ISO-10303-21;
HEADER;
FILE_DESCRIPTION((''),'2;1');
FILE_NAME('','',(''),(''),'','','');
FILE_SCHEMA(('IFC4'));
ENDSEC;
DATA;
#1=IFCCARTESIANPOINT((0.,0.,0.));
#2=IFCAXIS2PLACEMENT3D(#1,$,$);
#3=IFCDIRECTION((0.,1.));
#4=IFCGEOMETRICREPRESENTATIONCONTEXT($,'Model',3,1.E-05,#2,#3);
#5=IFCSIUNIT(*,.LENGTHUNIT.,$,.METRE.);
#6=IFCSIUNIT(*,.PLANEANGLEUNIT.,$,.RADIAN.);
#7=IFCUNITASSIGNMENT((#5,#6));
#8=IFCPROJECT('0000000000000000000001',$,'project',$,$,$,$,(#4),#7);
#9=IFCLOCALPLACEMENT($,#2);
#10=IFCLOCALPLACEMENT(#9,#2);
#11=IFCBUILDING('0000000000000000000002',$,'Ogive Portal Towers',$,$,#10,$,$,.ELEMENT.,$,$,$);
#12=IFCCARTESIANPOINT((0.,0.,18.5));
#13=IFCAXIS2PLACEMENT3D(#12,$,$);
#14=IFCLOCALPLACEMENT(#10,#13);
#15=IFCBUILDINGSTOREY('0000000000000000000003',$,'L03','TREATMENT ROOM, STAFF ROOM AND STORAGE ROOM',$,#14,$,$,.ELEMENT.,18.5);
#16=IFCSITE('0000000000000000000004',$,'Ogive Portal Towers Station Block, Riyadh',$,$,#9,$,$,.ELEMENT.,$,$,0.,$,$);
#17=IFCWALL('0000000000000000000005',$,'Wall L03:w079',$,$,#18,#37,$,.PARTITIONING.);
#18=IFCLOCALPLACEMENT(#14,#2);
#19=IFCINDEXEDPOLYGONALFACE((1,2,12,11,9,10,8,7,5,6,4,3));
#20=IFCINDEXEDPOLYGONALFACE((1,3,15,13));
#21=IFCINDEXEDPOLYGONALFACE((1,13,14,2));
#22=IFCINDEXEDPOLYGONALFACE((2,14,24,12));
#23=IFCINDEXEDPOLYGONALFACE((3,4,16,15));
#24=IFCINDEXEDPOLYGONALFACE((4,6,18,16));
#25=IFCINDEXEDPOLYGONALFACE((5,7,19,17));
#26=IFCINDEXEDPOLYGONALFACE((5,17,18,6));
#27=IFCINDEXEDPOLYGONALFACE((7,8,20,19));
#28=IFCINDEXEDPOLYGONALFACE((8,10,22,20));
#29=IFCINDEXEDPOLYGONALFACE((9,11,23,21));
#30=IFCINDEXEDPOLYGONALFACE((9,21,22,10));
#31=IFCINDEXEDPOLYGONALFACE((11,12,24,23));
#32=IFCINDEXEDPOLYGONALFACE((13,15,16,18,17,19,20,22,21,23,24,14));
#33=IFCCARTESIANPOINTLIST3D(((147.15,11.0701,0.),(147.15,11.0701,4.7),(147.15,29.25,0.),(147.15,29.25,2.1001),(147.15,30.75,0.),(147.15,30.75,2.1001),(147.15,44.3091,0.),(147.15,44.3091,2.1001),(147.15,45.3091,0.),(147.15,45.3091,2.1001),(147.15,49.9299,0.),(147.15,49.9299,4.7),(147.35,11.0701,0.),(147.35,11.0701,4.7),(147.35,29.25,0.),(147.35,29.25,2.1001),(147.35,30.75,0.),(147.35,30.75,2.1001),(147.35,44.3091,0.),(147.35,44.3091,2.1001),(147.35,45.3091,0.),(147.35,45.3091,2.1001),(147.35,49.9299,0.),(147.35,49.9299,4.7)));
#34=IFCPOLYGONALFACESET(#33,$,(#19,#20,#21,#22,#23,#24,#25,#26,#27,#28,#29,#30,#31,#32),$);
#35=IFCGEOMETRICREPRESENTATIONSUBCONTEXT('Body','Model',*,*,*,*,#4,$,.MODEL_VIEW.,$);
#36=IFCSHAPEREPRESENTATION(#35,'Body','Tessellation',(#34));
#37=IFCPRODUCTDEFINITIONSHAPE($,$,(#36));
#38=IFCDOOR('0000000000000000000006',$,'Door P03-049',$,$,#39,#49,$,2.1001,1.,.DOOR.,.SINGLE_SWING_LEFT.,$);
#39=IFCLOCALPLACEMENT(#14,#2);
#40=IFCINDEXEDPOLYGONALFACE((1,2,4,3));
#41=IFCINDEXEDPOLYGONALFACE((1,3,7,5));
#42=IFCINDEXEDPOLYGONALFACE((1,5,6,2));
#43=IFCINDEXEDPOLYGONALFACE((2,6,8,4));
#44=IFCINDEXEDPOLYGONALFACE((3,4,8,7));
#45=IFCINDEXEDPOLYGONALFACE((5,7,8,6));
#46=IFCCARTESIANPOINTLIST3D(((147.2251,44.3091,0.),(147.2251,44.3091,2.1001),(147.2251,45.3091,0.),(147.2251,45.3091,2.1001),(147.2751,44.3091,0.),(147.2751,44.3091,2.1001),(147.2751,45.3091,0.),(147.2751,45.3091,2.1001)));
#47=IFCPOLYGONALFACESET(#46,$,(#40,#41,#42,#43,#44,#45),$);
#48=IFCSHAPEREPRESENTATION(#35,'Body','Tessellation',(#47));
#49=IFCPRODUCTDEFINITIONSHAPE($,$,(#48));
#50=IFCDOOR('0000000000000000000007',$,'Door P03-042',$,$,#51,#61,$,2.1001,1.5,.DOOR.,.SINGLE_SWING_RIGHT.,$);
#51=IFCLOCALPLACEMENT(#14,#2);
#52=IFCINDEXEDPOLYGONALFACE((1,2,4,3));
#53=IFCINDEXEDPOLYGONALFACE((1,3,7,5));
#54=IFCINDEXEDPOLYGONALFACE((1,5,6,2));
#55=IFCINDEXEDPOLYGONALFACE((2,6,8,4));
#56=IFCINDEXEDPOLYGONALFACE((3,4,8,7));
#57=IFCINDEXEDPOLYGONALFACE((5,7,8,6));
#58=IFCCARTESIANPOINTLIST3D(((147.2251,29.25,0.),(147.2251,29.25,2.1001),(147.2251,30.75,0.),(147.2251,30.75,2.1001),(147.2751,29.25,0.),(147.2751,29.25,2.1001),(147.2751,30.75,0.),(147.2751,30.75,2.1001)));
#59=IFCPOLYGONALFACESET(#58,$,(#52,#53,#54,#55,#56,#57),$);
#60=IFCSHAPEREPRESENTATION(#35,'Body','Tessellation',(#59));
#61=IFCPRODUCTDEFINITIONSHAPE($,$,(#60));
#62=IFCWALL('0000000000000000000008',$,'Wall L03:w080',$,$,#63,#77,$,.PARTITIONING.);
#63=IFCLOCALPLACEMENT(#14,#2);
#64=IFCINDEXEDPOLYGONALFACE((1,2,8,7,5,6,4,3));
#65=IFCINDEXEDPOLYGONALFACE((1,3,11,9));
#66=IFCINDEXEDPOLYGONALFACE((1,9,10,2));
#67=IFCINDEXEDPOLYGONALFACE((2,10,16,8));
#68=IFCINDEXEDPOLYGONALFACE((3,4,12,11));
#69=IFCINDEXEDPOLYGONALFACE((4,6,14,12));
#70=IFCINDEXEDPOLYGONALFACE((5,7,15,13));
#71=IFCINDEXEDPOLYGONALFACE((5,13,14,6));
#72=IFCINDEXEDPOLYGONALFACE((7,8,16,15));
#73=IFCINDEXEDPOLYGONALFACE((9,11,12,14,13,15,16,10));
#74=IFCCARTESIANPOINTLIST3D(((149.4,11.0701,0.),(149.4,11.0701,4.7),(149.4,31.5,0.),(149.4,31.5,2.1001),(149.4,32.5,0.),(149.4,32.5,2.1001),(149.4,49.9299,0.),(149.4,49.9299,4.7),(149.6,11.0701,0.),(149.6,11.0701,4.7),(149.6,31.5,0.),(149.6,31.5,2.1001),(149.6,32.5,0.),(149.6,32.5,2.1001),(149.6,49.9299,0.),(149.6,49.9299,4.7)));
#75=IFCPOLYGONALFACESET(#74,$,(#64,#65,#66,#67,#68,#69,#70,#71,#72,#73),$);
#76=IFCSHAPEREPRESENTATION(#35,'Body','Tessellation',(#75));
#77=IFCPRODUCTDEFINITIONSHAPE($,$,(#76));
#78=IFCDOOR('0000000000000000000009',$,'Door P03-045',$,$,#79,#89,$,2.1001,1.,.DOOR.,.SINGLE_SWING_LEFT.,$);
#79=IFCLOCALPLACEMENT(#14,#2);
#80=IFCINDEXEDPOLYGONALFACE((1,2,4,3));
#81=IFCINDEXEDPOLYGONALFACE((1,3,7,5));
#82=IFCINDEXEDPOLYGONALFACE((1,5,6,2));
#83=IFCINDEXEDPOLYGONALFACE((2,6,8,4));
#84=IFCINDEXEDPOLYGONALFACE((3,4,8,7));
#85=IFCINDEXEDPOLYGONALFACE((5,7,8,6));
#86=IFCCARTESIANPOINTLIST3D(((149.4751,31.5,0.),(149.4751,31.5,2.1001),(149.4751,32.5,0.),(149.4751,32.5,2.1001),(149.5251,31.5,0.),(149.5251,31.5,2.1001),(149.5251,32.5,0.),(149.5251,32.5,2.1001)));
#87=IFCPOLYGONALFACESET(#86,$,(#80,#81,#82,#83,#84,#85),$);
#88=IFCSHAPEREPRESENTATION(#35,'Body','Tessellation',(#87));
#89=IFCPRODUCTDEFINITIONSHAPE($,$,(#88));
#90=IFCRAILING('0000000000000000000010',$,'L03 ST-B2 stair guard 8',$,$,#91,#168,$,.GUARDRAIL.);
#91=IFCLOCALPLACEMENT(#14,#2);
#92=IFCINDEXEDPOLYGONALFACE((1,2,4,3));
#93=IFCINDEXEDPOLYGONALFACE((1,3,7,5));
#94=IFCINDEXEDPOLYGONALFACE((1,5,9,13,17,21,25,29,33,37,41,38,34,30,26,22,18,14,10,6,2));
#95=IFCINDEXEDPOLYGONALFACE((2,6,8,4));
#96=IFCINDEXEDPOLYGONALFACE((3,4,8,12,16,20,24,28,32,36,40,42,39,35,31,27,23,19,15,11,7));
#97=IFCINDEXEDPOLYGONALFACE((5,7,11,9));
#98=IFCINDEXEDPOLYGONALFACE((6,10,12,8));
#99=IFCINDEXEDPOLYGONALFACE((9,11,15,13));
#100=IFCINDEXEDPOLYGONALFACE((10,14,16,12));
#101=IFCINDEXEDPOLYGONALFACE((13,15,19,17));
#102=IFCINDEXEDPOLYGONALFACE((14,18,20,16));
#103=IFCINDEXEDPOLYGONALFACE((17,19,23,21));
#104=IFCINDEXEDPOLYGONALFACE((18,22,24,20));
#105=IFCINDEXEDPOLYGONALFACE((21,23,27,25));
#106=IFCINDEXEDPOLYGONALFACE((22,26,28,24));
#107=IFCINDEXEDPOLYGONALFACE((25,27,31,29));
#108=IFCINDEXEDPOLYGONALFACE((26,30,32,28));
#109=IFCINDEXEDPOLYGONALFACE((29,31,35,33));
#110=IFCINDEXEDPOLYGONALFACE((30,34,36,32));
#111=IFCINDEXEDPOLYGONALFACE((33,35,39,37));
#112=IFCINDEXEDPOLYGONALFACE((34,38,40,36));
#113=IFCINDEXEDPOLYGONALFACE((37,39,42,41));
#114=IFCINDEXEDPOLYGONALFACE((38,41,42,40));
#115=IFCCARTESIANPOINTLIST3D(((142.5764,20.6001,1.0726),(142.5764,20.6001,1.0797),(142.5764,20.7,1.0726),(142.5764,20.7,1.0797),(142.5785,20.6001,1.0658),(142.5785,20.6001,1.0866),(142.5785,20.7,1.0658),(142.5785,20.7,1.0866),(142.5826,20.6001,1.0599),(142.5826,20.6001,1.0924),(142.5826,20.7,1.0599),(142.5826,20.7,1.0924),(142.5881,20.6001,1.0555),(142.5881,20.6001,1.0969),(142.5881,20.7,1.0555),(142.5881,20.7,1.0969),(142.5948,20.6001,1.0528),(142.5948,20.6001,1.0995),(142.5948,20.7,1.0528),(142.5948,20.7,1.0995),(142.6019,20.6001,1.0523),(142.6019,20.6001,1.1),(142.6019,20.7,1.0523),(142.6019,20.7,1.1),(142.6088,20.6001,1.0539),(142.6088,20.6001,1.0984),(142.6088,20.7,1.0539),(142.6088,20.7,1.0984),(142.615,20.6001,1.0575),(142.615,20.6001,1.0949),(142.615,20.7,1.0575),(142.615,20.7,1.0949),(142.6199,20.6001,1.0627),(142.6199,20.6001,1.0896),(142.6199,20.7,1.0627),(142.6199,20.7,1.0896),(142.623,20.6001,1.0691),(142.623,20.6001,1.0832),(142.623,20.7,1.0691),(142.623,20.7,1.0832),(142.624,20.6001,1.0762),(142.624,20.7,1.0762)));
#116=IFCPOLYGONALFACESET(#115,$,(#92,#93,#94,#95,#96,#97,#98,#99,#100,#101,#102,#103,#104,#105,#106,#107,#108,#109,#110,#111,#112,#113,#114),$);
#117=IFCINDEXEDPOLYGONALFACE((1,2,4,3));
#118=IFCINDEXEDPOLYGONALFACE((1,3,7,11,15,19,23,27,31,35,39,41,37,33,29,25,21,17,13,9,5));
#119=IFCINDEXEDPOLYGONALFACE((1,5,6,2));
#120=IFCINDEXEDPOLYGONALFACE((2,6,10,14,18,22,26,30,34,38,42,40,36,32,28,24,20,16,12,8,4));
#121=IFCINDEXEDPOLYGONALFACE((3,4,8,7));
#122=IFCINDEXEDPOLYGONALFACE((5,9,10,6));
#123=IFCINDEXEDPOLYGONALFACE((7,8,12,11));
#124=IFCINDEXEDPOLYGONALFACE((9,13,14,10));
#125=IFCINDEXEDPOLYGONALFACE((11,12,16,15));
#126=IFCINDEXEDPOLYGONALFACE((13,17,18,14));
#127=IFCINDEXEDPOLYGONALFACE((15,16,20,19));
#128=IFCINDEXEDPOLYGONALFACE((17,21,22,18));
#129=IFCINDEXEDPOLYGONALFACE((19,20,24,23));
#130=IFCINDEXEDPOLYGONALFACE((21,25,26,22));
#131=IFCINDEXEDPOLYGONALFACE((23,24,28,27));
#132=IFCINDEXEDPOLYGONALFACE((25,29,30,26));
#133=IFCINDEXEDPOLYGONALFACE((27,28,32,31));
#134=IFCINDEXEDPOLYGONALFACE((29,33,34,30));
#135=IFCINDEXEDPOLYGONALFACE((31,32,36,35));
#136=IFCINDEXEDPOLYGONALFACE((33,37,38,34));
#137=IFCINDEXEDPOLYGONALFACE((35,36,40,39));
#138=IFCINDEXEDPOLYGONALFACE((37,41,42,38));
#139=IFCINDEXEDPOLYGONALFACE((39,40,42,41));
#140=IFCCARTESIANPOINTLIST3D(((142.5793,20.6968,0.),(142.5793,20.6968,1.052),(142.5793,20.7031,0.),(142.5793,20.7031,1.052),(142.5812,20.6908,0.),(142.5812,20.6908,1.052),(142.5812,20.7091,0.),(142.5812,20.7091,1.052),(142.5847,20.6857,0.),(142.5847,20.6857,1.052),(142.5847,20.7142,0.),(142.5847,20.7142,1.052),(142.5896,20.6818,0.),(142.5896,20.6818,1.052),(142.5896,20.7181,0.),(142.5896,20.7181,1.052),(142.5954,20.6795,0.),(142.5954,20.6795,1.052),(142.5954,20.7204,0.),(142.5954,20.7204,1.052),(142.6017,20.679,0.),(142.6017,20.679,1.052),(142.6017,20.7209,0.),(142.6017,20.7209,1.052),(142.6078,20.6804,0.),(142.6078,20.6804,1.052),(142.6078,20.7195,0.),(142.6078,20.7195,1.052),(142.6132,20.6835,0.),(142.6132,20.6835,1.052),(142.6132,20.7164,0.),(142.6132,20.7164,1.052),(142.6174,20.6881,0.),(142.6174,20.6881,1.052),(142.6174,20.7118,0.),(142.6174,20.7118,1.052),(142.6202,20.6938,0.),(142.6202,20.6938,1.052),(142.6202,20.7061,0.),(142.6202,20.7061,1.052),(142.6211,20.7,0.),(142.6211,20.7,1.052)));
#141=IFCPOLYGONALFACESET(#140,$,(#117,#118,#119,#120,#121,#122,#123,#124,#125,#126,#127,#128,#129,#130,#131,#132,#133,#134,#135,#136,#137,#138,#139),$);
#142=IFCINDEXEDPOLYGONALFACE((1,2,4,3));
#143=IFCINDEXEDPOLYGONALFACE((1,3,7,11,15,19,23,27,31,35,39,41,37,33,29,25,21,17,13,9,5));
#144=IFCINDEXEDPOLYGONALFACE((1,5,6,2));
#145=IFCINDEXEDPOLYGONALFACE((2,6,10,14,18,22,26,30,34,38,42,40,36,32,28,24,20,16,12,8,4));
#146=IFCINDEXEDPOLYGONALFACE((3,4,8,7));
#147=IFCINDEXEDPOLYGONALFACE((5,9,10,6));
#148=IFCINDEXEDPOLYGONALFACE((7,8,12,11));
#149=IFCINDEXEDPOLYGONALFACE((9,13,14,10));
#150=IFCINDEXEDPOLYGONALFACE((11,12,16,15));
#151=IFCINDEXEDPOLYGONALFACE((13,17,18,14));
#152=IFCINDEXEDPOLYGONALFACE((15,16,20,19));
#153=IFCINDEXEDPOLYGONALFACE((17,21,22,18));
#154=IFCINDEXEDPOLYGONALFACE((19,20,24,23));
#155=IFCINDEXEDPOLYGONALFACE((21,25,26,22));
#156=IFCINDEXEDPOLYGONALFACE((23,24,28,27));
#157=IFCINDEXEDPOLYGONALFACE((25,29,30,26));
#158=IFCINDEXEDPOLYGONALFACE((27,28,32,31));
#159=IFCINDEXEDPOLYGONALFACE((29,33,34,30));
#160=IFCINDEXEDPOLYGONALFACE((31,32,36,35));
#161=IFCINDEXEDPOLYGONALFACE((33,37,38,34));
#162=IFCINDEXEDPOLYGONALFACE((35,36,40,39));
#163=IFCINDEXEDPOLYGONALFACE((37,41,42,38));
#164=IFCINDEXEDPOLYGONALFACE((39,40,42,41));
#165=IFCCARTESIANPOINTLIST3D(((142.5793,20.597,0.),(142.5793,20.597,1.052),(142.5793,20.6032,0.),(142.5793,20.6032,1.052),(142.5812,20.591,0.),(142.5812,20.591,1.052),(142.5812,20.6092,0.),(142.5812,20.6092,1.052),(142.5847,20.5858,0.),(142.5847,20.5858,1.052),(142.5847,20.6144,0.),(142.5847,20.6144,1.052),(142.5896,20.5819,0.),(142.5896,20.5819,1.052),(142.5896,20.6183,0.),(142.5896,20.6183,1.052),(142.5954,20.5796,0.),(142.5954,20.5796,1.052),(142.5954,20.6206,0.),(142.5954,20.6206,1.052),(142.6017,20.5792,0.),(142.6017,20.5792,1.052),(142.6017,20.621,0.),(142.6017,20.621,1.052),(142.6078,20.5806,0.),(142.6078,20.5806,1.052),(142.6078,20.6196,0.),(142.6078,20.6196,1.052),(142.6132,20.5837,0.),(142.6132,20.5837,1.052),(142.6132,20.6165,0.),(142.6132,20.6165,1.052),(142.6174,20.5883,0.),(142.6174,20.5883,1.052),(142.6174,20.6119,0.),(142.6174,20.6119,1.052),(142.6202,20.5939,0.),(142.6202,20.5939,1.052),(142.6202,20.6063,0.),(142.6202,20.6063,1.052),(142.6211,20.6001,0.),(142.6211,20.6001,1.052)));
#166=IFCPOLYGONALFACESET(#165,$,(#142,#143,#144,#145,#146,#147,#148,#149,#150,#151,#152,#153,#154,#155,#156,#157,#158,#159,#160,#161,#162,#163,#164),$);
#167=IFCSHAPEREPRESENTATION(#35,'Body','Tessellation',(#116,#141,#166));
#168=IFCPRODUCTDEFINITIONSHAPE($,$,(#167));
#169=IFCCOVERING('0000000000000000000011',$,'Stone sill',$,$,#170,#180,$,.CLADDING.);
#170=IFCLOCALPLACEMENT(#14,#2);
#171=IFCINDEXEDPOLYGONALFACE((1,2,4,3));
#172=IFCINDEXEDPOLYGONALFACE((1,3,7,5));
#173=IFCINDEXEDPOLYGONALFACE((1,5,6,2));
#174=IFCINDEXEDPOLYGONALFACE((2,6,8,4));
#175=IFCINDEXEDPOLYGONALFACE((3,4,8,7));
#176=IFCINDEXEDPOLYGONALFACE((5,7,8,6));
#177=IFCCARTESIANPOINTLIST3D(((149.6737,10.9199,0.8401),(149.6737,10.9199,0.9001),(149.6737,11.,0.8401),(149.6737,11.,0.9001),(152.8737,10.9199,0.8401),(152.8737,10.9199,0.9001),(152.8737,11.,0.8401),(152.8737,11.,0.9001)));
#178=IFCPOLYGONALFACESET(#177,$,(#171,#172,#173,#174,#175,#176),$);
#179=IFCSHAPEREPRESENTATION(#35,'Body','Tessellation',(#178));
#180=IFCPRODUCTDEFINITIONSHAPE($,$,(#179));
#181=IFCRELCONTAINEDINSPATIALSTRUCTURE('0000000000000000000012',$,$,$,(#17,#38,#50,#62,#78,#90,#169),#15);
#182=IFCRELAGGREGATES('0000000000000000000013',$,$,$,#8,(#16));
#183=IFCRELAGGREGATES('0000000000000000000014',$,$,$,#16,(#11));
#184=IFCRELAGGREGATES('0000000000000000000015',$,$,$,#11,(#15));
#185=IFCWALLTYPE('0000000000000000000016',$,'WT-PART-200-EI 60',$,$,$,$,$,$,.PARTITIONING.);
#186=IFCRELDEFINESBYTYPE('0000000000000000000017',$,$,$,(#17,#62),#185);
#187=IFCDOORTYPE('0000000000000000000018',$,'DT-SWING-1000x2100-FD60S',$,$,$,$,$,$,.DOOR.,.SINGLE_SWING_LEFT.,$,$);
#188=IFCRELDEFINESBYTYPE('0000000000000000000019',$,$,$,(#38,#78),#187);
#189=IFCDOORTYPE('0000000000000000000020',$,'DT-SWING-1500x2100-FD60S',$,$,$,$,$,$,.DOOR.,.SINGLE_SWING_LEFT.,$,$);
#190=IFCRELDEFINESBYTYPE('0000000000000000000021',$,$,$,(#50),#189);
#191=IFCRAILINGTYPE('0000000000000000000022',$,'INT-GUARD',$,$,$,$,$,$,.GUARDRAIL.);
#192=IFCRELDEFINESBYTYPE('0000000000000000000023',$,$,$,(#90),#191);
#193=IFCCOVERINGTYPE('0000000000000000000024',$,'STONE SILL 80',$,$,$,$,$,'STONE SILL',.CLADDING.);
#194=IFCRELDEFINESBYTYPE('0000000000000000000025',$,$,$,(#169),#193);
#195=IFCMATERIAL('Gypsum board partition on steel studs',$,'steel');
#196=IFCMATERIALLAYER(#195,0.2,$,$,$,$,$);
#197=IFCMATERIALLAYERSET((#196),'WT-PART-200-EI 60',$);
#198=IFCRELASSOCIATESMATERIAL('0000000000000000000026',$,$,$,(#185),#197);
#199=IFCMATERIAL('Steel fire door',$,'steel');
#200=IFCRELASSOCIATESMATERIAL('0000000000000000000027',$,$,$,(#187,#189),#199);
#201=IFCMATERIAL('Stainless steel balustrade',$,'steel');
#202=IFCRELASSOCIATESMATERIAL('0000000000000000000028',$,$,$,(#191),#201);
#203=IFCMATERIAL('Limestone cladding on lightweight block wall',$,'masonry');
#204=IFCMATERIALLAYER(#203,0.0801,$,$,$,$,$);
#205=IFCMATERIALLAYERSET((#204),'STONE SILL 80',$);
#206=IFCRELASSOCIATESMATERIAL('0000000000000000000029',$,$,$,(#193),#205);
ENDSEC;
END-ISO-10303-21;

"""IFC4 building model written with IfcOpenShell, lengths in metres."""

from ifc_helpers import new_model, si_unit, direction, frame, frame_2d, origin, origin_2d, place, context, subcontext, project, spatial, rectangle, circle, extrude, material, layer, layer_set, type_object, element, fill, save


model = new_model("IFC4")

# Units and contexts
model_context = context("Model", 3, precision=1e-05, world=origin(), true_north=direction((0.0, 1.0)))
body_context = subcontext(model_context, "Body", "Model", "MODEL_VIEW")
ifc_project = project(units=[si_unit("LENGTHUNIT", "METRE"), si_unit("PLANEANGLEUNIT", "RADIAN")], contexts=[model_context])

# Site, building, storey
site_placement = place(None, origin())
site = spatial("IfcSite", under=ifc_project, at=site_placement, Name="Ogive Portal Towers Station Block, Riyadh", CompositionType="ELEMENT", RefElevation=0.0)
building_placement = place(site_placement, origin())
building = spatial("IfcBuilding", under=site, at=building_placement, Name="Ogive Portal Towers", CompositionType="ELEMENT")
storey_placement = place(building_placement, frame((0.0, 0.0, 18.5)))
storey = spatial("IfcBuildingStorey", under=building, at=storey_placement, Name="L03", Description="TREATMENT ROOM, STAFF ROOM AND STORAGE ROOM", CompositionType="ELEMENT", Elevation=18.5)

# Shared definitions
ifc_material_1 = material(Name="Limestone cladding on lightweight block wall", Category="masonry")

# Wall, openings, doors
ifc_material_2 = material(Name="Gypsum board partition on steel studs", Category="steel")
ifc_layer_1 = layer(ifc_material_2, 0.2)
ifc_layer_set_1 = layer_set([ifc_layer_1], Name="WT-PART-200-EI 60")
wall_type_1 = type_object("IfcWallType", Name="WT-PART-200-EI 60", PredefinedType="PARTITIONING", material=ifc_layer_set_1)
wall_1_placement = place(storey_placement, frame((147.25, 11.0701, 0.0), z_axis=(0.0, 0.0, 1.0), x_axis=(0.0, 1.0, 0.0)))
wall_1 = element("IfcWall", 1, at=wall_1_placement, inside=storey, type_object=wall_type_1, Name="Wall L03:w079", PredefinedType="PARTITIONING", context=body_context, shape_type="SweptSolid", body=[
    extrude(rectangle(XDim=38.8599, YDim=0.2, at=frame_2d((19.4299, 0.0))), origin(), (0.0, 0.0, 1.0), 4.7),
])
opening_1_placement = place(wall_1_placement, frame((18.1799, 0.0, 0.0)))
opening_1 = element("IfcOpeningElement", 2, at=opening_1_placement, cuts=wall_1, PredefinedType="OPENING", context=body_context, shape_type="SweptSolid", body=[
    extrude(rectangle(XDim=1.5, YDim=2.1001, at=frame_2d((0.75, 1.05))), frame((0.0, 0.1099, 0.0), z_axis=(0.0, -1.0, 0.0), x_axis=(1.0, 0.0, 0.0)), (0.0, 0.0, 1.0), 0.22),
])
opening_2_placement = place(wall_1_placement, frame((33.239, 0.0, 0.0)))
opening_2 = element("IfcOpeningElement", 3, at=opening_2_placement, cuts=wall_1, PredefinedType="OPENING", context=body_context, shape_type="SweptSolid", body=[
    extrude(rectangle(XDim=1.0, YDim=2.1001, at=frame_2d((0.5, 1.05))), frame((0.0, 0.1099, 0.0), z_axis=(0.0, -1.0, 0.0), x_axis=(1.0, 0.0, 0.0)), (0.0, 0.0, 1.0), 0.22),
])
ifc_material_3 = material(Name="Steel fire door", Category="steel")
door_type_1 = type_object("IfcDoorType", Name="DT-SWING-1000x2100-FD60S", OperationType="SINGLE_SWING_LEFT", PredefinedType="DOOR", material=ifc_material_3)
door_1_placement = place(opening_2_placement, origin())
door_1 = element("IfcDoor", 4, at=door_1_placement, inside=storey, type_object=door_type_1, Name="Door P03-049", OperationType="SINGLE_SWING_LEFT", OverallHeight=2.1001, OverallWidth=1.0, PredefinedType="DOOR", context=body_context, shape_type="SweptSolid", body=[
    extrude(rectangle(XDim=1.0, YDim=2.1001, at=frame_2d((0.5, 1.05))), frame((0.0, 0.0249, 0.0), z_axis=(0.0, -1.0, 0.0), x_axis=(1.0, 0.0, 0.0)), (0.0, 0.0, 1.0), 0.05),
])
fill(opening_2, door_1)
door_type_2 = type_object("IfcDoorType", Name="DT-SWING-1500x2100-FD60S", OperationType="SINGLE_SWING_LEFT", PredefinedType="DOOR", material=ifc_material_3)
door_2_placement = place(opening_1_placement, origin())
door_2 = element("IfcDoor", 5, at=door_2_placement, inside=storey, type_object=door_type_2, Name="Door P03-042", OperationType="SINGLE_SWING_RIGHT", OverallHeight=2.1001, OverallWidth=1.5, PredefinedType="DOOR", context=body_context, shape_type="SweptSolid", body=[
    extrude(rectangle(XDim=1.5, YDim=2.1001, at=frame_2d((0.75, 1.05))), frame((0.0, 0.0249, 0.0), z_axis=(0.0, -1.0, 0.0), x_axis=(1.0, 0.0, 0.0)), (0.0, 0.0, 1.0), 0.05),
])
fill(opening_1, door_2)

# Wall, opening, door
wall_2_placement = place(storey_placement, frame((149.5, 11.0701, 0.0), z_axis=(0.0, 0.0, 1.0), x_axis=(0.0, 1.0, 0.0)))
wall_2 = element("IfcWall", 6, at=wall_2_placement, inside=storey, type_object=wall_type_1, Name="Wall L03:w080", PredefinedType="PARTITIONING", context=body_context, shape_type="SweptSolid", body=[
    extrude(rectangle(XDim=38.8599, YDim=0.2, at=frame_2d((19.4299, 0.0))), origin(), (0.0, 0.0, 1.0), 4.7),
])
opening_3_placement = place(wall_2_placement, frame((20.4299, 0.0, 0.0)))
opening_3 = element("IfcOpeningElement", 7, at=opening_3_placement, cuts=wall_2, PredefinedType="OPENING", context=body_context, shape_type="SweptSolid", body=[
    extrude(rectangle(XDim=1.0, YDim=2.1001, at=frame_2d((0.5, 1.05))), frame((0.0, 0.1099, 0.0), z_axis=(0.0, -1.0, 0.0), x_axis=(1.0, 0.0, 0.0)), (0.0, 0.0, 1.0), 0.22),
])
door_3_placement = place(opening_3_placement, origin())
door_3 = element("IfcDoor", 8, at=door_3_placement, inside=storey, type_object=door_type_1, Name="Door P03-045", OperationType="SINGLE_SWING_LEFT", OverallHeight=2.1001, OverallWidth=1.0, PredefinedType="DOOR", context=body_context, shape_type="SweptSolid", body=[
    extrude(rectangle(XDim=1.0, YDim=2.1001, at=frame_2d((0.5, 1.05))), frame((0.0, 0.0249, 0.0), z_axis=(0.0, -1.0, 0.0), x_axis=(1.0, 0.0, 0.0)), (0.0, 0.0, 1.0), 0.05),
])
fill(opening_3, door_3)

# Railing
ifc_material_4 = material(Name="Stainless steel balustrade", Category="steel")
railing_type = type_object("IfcRailingType", Name="INT-GUARD", PredefinedType="GUARDRAIL", material=ifc_material_4)
railing_placement = place(storey_placement, frame((142.6001, 20.7, 0.0)))
element("IfcRailing", 9, at=railing_placement, inside=storey, type_object=railing_type, Name="L03 ST-B2 stair guard 8", PredefinedType="GUARDRAIL", context=body_context, shape_type="SweptSolid", body=[
    extrude(circle(Radius=0.0239, at=origin_2d()), frame((0.0, 0.0, 1.0762), z_axis=(0.0, -1.0, 0.0), x_axis=(1.0, 0.0, 0.0)), (0.0, 0.0, 1.0), 0.0999),
    extrude(circle(Radius=0.021, at=origin_2d()), origin(), (0.0, 0.0, 1.0), 1.052),
    extrude(circle(Radius=0.021, at=origin_2d()), frame((0.0, -0.0999, 0.0)), (0.0, 0.0, 1.0), 1.052),
])

# Covering
ifc_layer_2 = layer(ifc_material_1, 0.0801)
ifc_layer_set_2 = layer_set([ifc_layer_2], Name="STONE SILL 80")
covering_type = type_object("IfcCoveringType", Name="STONE SILL 80", ElementType="STONE SILL", PredefinedType="CLADDING", material=ifc_layer_set_2)
for number, where, z_axis, x_axis, name in (
    (10, (151.2737, 10.96, 0.8401), (0.0, 0.0, 1.0), (1.0, 0.0, 0.0), "Stone sill"),
):
    element("IfcCovering", number, at=place(storey_placement, frame(where, z_axis=z_axis, x_axis=x_axis)), inside=storey, type_object=covering_type, Name=name, PredefinedType="CLADDING", context=body_context, shape_type="SweptSolid", body=[
        extrude(rectangle(XDim=3.2, YDim=0.0801, at=origin_2d()), origin(), (0.0, 0.0, 1.0), 0.0601),
    ])

save(model, "model.ifc")
